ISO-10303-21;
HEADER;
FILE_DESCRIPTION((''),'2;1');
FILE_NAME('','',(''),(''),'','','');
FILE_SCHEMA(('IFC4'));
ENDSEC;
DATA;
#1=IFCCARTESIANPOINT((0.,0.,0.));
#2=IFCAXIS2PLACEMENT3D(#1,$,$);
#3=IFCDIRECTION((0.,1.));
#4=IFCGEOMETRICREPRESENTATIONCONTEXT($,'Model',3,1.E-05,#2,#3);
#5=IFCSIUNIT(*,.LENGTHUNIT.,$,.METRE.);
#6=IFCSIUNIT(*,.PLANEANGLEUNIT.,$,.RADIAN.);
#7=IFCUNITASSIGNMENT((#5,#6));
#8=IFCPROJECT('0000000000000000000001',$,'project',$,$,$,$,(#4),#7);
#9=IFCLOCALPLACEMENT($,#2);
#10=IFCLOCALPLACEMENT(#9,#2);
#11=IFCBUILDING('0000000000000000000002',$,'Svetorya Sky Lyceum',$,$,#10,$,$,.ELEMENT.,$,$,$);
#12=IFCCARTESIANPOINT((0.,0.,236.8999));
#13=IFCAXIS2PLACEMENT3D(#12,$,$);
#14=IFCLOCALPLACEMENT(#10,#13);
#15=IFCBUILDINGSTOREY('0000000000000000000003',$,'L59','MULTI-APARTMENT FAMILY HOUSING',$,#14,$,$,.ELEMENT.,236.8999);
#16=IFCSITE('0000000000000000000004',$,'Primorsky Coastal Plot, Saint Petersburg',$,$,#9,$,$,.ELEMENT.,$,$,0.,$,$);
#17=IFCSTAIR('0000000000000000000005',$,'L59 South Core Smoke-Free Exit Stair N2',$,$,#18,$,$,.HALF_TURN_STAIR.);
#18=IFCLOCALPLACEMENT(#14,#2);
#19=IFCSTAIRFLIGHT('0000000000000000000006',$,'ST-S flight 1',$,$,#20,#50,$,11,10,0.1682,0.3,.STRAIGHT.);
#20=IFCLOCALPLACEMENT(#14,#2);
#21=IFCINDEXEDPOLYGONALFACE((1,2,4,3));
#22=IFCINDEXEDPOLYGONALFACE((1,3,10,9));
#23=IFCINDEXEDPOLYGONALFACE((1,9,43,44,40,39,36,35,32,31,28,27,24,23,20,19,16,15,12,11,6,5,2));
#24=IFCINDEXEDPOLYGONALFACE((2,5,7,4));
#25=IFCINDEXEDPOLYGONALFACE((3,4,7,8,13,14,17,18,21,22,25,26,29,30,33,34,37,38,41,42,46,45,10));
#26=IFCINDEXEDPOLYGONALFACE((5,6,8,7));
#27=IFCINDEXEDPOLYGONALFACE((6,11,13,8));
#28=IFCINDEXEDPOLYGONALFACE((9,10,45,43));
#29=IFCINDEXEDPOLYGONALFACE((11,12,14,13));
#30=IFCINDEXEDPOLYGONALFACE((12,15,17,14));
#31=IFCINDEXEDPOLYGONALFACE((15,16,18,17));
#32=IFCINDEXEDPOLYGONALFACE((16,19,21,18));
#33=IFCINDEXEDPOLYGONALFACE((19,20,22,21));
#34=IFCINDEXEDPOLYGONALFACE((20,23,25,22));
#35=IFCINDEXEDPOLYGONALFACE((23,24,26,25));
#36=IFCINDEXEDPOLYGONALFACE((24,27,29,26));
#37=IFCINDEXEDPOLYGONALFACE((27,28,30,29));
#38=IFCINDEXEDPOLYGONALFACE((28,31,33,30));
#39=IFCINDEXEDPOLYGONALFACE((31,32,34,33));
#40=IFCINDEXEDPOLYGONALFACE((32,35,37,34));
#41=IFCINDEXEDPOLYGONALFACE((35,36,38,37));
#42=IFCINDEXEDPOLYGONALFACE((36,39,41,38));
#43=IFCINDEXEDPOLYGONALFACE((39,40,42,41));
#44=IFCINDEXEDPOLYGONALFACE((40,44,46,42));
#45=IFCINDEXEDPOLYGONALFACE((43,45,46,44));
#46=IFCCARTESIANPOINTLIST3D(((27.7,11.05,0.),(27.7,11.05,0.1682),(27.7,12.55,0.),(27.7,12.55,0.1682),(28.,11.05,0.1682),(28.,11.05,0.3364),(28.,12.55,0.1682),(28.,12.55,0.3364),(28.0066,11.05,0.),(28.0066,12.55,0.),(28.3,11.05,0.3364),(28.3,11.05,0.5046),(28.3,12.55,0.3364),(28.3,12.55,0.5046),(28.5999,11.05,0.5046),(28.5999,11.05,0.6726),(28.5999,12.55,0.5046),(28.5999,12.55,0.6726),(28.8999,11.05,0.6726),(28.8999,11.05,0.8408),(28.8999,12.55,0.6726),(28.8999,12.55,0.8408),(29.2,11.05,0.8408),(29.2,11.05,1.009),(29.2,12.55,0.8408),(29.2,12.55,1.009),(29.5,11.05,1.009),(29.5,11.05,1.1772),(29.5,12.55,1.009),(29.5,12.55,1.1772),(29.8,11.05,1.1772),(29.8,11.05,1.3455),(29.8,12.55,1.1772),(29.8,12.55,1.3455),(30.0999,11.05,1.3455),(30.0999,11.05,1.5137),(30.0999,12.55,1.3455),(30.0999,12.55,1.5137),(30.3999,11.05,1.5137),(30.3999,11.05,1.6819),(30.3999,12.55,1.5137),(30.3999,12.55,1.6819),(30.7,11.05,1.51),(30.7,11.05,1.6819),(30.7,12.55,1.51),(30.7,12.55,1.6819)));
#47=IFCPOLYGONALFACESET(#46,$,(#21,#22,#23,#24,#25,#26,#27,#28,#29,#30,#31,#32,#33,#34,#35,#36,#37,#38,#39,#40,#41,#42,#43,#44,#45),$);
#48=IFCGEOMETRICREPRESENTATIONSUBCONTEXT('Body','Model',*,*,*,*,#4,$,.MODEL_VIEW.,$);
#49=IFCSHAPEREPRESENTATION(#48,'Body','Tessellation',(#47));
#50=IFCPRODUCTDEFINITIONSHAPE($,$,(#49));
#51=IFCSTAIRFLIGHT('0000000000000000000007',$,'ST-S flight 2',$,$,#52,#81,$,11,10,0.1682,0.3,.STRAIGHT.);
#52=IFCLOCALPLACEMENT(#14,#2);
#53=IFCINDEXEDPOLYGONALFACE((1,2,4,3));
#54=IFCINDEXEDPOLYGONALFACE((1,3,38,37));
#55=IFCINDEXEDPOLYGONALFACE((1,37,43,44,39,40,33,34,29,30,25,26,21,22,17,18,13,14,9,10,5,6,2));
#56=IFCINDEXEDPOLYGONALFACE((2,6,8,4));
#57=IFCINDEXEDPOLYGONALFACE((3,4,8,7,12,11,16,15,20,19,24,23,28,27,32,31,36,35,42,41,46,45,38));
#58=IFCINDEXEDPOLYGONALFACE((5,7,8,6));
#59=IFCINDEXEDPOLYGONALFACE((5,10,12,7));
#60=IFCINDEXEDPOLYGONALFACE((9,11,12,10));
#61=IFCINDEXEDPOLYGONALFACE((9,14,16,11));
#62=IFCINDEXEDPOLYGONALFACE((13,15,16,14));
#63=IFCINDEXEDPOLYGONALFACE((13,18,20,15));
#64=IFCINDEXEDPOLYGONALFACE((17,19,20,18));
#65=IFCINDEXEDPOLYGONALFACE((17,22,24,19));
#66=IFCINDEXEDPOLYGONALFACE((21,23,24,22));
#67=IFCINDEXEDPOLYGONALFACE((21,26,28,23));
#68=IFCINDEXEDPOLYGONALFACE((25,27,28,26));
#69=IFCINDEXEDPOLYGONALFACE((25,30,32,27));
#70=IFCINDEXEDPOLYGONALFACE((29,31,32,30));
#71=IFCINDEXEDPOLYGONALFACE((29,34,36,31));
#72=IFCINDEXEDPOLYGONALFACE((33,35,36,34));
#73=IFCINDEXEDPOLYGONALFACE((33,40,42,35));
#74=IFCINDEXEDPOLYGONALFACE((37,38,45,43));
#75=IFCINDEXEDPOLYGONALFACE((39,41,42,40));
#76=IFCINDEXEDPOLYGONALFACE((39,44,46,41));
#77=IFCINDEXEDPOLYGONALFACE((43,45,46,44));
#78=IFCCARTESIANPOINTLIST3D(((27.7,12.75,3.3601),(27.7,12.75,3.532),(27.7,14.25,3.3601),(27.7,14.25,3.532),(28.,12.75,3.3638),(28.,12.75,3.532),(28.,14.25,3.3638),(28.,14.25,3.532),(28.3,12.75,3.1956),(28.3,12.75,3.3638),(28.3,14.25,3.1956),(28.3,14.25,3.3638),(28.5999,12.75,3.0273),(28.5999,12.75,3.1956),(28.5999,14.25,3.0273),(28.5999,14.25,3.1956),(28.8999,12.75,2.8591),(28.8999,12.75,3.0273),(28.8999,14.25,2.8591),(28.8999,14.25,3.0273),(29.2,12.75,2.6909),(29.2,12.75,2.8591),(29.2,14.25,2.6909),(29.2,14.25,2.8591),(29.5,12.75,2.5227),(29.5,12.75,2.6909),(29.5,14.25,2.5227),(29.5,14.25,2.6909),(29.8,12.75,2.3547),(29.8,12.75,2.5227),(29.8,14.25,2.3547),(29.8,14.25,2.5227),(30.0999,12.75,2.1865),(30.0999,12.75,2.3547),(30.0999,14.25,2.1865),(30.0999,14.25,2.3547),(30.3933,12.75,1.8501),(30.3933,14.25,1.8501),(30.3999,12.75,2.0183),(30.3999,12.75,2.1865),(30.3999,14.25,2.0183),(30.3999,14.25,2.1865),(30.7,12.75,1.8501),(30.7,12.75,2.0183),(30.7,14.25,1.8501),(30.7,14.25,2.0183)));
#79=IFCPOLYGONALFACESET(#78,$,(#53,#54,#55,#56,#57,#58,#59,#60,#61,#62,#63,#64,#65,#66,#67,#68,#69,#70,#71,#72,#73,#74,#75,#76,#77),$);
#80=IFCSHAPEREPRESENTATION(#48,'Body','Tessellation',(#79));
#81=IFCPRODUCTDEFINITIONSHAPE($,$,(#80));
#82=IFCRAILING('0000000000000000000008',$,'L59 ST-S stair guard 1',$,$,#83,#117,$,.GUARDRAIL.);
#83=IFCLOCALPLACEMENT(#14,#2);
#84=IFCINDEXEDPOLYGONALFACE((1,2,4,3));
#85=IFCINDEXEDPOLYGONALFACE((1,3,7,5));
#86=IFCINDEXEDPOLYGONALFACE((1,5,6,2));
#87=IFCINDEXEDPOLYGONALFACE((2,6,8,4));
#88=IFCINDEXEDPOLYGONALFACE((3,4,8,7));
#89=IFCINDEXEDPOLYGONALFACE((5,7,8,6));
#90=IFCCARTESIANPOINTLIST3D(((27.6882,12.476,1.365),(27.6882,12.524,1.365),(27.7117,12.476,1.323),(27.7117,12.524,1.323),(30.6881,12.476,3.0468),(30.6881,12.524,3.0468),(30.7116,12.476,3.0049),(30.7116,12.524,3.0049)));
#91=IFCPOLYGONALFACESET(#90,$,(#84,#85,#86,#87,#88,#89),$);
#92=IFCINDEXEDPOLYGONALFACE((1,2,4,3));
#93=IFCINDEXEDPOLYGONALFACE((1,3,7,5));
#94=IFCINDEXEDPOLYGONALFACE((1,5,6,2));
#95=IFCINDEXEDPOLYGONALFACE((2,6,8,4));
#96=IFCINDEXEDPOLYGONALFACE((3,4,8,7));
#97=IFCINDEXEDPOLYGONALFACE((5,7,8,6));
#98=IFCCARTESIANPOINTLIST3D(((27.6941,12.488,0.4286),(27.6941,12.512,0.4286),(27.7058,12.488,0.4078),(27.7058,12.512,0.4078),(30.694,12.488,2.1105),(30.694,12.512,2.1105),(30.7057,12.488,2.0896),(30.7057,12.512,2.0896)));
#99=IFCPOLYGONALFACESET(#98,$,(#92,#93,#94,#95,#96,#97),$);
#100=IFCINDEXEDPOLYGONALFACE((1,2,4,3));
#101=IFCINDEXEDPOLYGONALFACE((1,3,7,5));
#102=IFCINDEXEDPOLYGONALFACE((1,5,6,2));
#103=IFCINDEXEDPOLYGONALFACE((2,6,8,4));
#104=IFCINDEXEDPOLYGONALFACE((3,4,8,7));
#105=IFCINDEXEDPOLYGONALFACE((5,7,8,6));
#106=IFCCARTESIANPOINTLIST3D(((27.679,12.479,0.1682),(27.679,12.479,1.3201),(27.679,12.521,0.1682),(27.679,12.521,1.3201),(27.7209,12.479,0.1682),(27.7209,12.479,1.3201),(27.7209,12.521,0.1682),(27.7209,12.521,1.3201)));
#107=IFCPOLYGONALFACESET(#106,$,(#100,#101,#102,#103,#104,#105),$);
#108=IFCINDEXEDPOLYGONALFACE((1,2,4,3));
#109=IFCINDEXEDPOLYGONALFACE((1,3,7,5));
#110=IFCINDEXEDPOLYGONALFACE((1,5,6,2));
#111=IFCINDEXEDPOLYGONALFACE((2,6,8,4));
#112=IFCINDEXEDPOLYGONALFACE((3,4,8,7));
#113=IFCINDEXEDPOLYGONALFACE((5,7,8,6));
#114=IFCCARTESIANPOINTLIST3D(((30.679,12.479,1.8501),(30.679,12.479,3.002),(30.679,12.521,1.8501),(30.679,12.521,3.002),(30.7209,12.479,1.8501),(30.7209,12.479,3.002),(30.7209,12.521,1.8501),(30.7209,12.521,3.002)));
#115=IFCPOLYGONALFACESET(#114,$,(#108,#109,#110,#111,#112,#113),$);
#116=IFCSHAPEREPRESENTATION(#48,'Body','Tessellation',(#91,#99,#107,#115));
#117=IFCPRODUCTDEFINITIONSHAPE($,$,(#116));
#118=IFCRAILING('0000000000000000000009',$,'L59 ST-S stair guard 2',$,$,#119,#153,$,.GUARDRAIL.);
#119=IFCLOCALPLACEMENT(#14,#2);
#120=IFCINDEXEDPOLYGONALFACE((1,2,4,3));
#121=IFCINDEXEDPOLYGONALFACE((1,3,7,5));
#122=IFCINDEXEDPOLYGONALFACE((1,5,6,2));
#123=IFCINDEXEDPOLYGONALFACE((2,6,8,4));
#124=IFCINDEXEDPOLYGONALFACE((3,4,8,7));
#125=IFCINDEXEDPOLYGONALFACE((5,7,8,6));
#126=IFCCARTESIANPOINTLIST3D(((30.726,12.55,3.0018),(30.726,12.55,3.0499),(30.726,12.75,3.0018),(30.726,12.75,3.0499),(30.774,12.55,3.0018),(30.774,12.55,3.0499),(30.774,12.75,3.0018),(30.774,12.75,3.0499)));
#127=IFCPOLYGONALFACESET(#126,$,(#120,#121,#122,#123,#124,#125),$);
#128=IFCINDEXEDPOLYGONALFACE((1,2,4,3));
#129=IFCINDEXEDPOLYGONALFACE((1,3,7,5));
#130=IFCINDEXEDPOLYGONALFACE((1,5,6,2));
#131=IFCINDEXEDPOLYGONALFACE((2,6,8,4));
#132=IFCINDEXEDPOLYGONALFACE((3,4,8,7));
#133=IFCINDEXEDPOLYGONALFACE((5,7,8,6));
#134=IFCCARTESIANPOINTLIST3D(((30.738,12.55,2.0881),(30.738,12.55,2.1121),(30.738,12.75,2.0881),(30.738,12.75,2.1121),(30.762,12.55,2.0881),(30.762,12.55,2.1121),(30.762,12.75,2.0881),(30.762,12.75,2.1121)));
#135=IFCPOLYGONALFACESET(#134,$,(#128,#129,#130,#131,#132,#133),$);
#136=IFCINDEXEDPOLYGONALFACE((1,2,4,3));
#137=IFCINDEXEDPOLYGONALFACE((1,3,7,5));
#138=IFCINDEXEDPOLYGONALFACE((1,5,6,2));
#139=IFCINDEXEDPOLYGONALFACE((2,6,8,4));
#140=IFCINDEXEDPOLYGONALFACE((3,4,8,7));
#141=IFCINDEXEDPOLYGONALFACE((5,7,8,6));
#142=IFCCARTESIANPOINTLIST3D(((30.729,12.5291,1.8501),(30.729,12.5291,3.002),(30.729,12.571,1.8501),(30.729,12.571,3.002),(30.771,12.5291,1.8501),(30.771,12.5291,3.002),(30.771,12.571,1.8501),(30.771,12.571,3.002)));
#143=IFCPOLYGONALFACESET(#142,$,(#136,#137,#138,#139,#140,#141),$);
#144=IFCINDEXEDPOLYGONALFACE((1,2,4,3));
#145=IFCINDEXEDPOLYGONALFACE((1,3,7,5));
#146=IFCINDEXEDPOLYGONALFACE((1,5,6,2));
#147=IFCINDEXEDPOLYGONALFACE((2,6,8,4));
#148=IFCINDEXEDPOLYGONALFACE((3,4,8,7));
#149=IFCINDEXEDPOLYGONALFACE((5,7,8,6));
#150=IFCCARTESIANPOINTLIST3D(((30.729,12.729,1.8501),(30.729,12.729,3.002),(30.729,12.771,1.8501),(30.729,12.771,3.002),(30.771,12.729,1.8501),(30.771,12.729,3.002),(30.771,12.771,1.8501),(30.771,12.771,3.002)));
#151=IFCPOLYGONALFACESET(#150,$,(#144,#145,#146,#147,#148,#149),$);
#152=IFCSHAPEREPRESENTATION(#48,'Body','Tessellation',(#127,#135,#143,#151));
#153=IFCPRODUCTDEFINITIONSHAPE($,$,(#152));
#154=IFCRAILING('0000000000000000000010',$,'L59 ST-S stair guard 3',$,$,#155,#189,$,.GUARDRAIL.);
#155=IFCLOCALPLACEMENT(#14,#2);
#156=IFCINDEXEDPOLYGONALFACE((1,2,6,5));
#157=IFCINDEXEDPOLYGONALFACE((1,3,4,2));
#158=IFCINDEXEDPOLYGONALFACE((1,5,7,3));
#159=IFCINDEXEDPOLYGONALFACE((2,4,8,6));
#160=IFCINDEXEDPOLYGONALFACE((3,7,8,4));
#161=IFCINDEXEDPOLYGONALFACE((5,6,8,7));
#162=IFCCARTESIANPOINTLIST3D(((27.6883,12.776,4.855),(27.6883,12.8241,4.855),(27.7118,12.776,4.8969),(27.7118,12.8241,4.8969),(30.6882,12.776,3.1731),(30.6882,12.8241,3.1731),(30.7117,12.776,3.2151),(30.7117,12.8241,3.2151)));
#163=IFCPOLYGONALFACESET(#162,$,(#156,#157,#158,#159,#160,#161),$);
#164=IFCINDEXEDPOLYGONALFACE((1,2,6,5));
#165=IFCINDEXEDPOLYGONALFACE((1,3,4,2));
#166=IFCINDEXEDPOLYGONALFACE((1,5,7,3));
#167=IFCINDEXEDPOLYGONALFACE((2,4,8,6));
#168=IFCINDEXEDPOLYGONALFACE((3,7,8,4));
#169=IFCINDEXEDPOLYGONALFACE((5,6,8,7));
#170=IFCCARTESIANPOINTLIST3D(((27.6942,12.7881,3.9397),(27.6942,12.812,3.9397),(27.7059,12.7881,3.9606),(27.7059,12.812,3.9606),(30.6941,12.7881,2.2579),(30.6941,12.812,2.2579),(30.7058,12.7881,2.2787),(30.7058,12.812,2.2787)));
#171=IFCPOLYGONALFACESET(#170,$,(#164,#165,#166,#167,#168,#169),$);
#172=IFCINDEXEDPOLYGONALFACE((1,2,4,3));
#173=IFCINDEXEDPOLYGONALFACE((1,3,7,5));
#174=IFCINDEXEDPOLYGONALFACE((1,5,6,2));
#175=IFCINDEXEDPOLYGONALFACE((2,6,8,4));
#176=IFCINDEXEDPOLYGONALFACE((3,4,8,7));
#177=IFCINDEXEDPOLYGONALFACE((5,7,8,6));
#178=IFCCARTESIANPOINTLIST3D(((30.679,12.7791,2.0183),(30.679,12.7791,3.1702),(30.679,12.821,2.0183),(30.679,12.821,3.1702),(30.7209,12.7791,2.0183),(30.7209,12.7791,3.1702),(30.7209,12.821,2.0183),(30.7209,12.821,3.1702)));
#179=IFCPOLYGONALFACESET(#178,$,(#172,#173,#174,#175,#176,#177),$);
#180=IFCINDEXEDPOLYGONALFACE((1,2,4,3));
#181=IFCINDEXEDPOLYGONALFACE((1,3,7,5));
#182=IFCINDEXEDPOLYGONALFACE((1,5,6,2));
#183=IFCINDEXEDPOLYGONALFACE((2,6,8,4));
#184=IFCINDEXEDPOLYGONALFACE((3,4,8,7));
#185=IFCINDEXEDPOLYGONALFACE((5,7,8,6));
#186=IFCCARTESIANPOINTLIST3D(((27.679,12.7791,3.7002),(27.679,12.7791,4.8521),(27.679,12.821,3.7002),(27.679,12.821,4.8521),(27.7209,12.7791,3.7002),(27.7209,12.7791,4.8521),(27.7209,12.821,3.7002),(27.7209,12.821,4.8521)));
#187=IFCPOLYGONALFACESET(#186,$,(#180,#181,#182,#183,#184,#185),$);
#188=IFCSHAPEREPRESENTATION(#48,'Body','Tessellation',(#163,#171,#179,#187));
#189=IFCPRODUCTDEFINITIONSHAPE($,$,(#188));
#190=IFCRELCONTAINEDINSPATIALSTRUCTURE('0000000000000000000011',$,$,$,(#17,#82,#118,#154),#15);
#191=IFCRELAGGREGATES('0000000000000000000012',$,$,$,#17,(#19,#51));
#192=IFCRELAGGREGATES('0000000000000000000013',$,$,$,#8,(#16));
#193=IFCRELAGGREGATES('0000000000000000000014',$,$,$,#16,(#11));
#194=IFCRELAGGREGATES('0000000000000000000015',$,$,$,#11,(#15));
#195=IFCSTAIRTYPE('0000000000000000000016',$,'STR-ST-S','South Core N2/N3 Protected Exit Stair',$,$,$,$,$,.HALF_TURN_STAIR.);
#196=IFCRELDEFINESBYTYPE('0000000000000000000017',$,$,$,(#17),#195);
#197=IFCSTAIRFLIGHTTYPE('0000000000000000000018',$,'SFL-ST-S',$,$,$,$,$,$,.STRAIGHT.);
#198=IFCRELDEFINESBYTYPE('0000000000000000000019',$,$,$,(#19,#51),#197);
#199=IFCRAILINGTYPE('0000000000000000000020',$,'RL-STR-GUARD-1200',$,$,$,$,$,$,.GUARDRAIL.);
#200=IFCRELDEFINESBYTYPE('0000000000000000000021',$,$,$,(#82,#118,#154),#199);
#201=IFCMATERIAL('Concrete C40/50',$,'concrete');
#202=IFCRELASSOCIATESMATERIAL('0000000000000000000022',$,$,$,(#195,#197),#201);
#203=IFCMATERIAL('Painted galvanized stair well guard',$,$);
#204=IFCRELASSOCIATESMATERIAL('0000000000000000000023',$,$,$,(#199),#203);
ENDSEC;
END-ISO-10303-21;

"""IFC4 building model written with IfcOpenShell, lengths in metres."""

from ifc_helpers import new_model, si_unit, direction, frame, origin, origin_2d, place, context, subcontext, project, spatial, polyline, rectangle, outline, extrude, material, type_object, element, aggregate, save


model = new_model("IFC4")

# Units and contexts
model_context = context("Model", 3, precision=1e-05, world=origin(), true_north=direction((0.0, 1.0)))
body_context = subcontext(model_context, "Body", "Model", "MODEL_VIEW")
ifc_project = project(units=[si_unit("LENGTHUNIT", "METRE"), si_unit("PLANEANGLEUNIT", "RADIAN")], contexts=[model_context])

# Site, building, storey
site_placement = place(None, origin())
site = spatial("IfcSite", under=ifc_project, at=site_placement, Name="Primorsky Coastal Plot, Saint Petersburg", CompositionType="ELEMENT", RefElevation=0.0)
building_placement = place(site_placement, origin())
building = spatial("IfcBuilding", under=site, at=building_placement, Name="Svetorya Sky Lyceum", CompositionType="ELEMENT")
storey_placement = place(building_placement, frame((0.0, 0.0, 236.8999)))
storey = spatial("IfcBuildingStorey", under=building, at=storey_placement, Name="L59", Description="MULTI-APARTMENT FAMILY HOUSING", CompositionType="ELEMENT", Elevation=236.8999)

# Stair, stair flights
ifc_material_1 = material(Name="Concrete C40/50", Category="concrete")
stair_type = type_object("IfcStairType", Name="STR-ST-S", Description="South Core N2/N3 Protected Exit Stair", PredefinedType="HALF_TURN_STAIR", material=ifc_material_1)
stair_placement = place(storey_placement, origin())
stair = element("IfcStair", 1, at=stair_placement, inside=storey, type_object=stair_type, Name="L59 South Core Smoke-Free Exit Stair N2", PredefinedType="HALF_TURN_STAIR")
stair_flight_type = type_object("IfcStairFlightType", Name="SFL-ST-S", PredefinedType="STRAIGHT", material=ifc_material_1)
stair_flight_1_placement = place(storey_placement, frame((27.7, 11.8, 0.0), z_axis=(0.0, 0.0, 1.0), x_axis=(1.0, 0.0, 0.0)))
stair_flight_1 = element("IfcStairFlight", 2, at=stair_flight_1_placement, type_object=stair_flight_type, Name="ST-S flight 1", NumberOfRisers=11, NumberOfTreads=10, PredefinedType="STRAIGHT", RiserHeight=0.1682, TreadLength=0.3, context=body_context, shape_type="SweptSolid", body=[
    extrude(outline(polyline([(0.0, 0.0), (0.0, 0.1682), (0.3, 0.1682), (0.3, 0.3364), (0.6001, 0.3364), (0.6001, 0.5046), (0.8999, 0.5046), (0.8999, 0.6726), (1.2, 0.6726), (1.2, 0.8408), (1.5, 0.8408), (1.5, 1.009), (1.8, 1.009), (1.8, 1.1772), (2.1001, 1.1772), (2.1001, 1.3455), (2.3999, 1.3455), (2.3999, 1.5137), (2.7, 1.5137), (2.7, 1.6819), (3.0, 1.6819), (3.0, 1.8501), (3.0, 1.51), (0.3066, 0.0), (0.0, 0.0)])), frame((0.0, 0.75, 0.0), z_axis=(0.0, -1.0, 0.0), x_axis=(1.0, 0.0, 0.0)), (0.0, 0.0, 1.0), 1.5),
])
stair_flight_2_placement = place(storey_placement, frame((30.7, 13.5, 1.8501), z_axis=(0.0, 0.0, 1.0), x_axis=(-1.0, 0.0, 0.0)))
stair_flight_2 = element("IfcStairFlight", 3, at=stair_flight_2_placement, type_object=stair_flight_type, Name="ST-S flight 2", NumberOfRisers=11, NumberOfTreads=10, PredefinedType="STRAIGHT", RiserHeight=0.1682, TreadLength=0.3, context=body_context, shape_type="SweptSolid", body=[
    extrude(outline(polyline([(0.0, 0.0), (0.0, 0.1682), (0.3, 0.1682), (0.3, 0.3364), (0.6001, 0.3364), (0.6001, 0.5046), (0.8999, 0.5046), (0.8999, 0.6726), (1.2, 0.6726), (1.2, 0.8408), (1.5, 0.8408), (1.5, 1.009), (1.8, 1.009), (1.8, 1.1772), (2.1001, 1.1772), (2.1001, 1.3455), (2.3999, 1.3455), (2.3999, 1.5137), (2.7, 1.5137), (2.7, 1.6819), (3.0, 1.6819), (3.0, 1.8501), (3.0, 1.51), (0.3066, 0.0), (0.0, 0.0)])), frame((0.0, 0.75, 0.0), z_axis=(0.0, -1.0, 0.0), x_axis=(1.0, 0.0, 0.0)), (0.0, 0.0, 1.0), 1.5),
])
aggregate(stair, [stair_flight_1, stair_flight_2])

# Railings
ifc_material_2 = material(Name="Painted galvanized stair well guard")
railing_type_1 = type_object("IfcRailingType", Name="RL-STR-GUARD-1200", PredefinedType="GUARDRAIL", material=ifc_material_2)
railing_1_placement = place(storey_placement, frame((27.7, 12.5, 0.1682)))
element("IfcRailing", 4, at=railing_1_placement, inside=storey, type_object=railing_type_1, Name="L59 ST-S stair guard 1", PredefinedType="GUARDRAIL", context=body_context, shape_type="SweptSolid", body=[
    extrude(rectangle(XDim=0.0481, YDim=0.0481, at=origin_2d()), frame((0.0, 0.0, 1.1758), z_axis=(0.872272, 0.0, 0.48902), x_axis=(0.0, 1.0, 0.0)), (0.0, 0.0, 1.0), 3.4392),
    extrude(rectangle(XDim=0.0239, YDim=0.0239, at=origin_2d()), frame((0.0, 0.0, 0.25), z_axis=(0.872272, 0.0, 0.48902), x_axis=(0.0, 1.0, 0.0)), (0.0, 0.0, 1.0), 3.4392),
    extrude(rectangle(XDim=0.042, YDim=0.042, at=origin_2d()), origin(), (0.0, 0.0, 1.0), 1.1519),
    extrude(rectangle(XDim=0.042, YDim=0.042, at=origin_2d()), frame((3.0, 0.0, 1.6819)), (0.0, 0.0, 1.0), 1.1519),
])
railing_2_placement = place(storey_placement, frame((30.75, 12.55, 1.8501)))
element("IfcRailing", 5, at=railing_2_placement, inside=storey, type_object=railing_type_1, Name="L59 ST-S stair guard 2", PredefinedType="GUARDRAIL", context=body_context, shape_type="SweptSolid", body=[
    extrude(rectangle(XDim=0.0481, YDim=0.0481, at=origin_2d()), frame((0.0, 0.0, 1.1758), z_axis=(0.0, 1.0, 0.0), x_axis=(-1.0, 0.0, 0.0)), (0.0, 0.0, 1.0), 0.2),
    extrude(rectangle(XDim=0.0239, YDim=0.0239, at=origin_2d()), frame((0.0, 0.0, 0.25), z_axis=(0.0, 1.0, 0.0), x_axis=(-1.0, 0.0, 0.0)), (0.0, 0.0, 1.0), 0.2),
    extrude(rectangle(XDim=0.042, YDim=0.042, at=origin_2d()), origin(), (0.0, 0.0, 1.0), 1.1519),
    extrude(rectangle(XDim=0.042, YDim=0.042, at=origin_2d()), frame((0.0, 0.2, 0.0)), (0.0, 0.0, 1.0), 1.1519),
])
railing_3_placement = place(storey_placement, frame((30.7, 12.8, 2.0183)))
element("IfcRailing", 6, at=railing_3_placement, inside=storey, type_object=railing_type_1, Name="L59 ST-S stair guard 3", PredefinedType="GUARDRAIL", context=body_context, shape_type="SweptSolid", body=[
    extrude(rectangle(XDim=0.0481, YDim=0.0481, at=origin_2d()), frame((0.0, 0.0, 1.1758), z_axis=(-0.872272, 0.0, 0.48902), x_axis=(0.0, -1.0, 0.0)), (0.0, 0.0, 1.0), 3.4392),
    extrude(rectangle(XDim=0.0239, YDim=0.0239, at=origin_2d()), frame((0.0, 0.0, 0.25), z_axis=(-0.872272, 0.0, 0.48902), x_axis=(0.0, -1.0, 0.0)), (0.0, 0.0, 1.0), 3.4392),
    extrude(rectangle(XDim=0.042, YDim=0.042, at=origin_2d()), origin(), (0.0, 0.0, 1.0), 1.1519),
    extrude(rectangle(XDim=0.042, YDim=0.042, at=origin_2d()), frame((-3.0, 0.0, 1.6819)), (0.0, 0.0, 1.0), 1.1519),
])

save(model, "model.ifc")
